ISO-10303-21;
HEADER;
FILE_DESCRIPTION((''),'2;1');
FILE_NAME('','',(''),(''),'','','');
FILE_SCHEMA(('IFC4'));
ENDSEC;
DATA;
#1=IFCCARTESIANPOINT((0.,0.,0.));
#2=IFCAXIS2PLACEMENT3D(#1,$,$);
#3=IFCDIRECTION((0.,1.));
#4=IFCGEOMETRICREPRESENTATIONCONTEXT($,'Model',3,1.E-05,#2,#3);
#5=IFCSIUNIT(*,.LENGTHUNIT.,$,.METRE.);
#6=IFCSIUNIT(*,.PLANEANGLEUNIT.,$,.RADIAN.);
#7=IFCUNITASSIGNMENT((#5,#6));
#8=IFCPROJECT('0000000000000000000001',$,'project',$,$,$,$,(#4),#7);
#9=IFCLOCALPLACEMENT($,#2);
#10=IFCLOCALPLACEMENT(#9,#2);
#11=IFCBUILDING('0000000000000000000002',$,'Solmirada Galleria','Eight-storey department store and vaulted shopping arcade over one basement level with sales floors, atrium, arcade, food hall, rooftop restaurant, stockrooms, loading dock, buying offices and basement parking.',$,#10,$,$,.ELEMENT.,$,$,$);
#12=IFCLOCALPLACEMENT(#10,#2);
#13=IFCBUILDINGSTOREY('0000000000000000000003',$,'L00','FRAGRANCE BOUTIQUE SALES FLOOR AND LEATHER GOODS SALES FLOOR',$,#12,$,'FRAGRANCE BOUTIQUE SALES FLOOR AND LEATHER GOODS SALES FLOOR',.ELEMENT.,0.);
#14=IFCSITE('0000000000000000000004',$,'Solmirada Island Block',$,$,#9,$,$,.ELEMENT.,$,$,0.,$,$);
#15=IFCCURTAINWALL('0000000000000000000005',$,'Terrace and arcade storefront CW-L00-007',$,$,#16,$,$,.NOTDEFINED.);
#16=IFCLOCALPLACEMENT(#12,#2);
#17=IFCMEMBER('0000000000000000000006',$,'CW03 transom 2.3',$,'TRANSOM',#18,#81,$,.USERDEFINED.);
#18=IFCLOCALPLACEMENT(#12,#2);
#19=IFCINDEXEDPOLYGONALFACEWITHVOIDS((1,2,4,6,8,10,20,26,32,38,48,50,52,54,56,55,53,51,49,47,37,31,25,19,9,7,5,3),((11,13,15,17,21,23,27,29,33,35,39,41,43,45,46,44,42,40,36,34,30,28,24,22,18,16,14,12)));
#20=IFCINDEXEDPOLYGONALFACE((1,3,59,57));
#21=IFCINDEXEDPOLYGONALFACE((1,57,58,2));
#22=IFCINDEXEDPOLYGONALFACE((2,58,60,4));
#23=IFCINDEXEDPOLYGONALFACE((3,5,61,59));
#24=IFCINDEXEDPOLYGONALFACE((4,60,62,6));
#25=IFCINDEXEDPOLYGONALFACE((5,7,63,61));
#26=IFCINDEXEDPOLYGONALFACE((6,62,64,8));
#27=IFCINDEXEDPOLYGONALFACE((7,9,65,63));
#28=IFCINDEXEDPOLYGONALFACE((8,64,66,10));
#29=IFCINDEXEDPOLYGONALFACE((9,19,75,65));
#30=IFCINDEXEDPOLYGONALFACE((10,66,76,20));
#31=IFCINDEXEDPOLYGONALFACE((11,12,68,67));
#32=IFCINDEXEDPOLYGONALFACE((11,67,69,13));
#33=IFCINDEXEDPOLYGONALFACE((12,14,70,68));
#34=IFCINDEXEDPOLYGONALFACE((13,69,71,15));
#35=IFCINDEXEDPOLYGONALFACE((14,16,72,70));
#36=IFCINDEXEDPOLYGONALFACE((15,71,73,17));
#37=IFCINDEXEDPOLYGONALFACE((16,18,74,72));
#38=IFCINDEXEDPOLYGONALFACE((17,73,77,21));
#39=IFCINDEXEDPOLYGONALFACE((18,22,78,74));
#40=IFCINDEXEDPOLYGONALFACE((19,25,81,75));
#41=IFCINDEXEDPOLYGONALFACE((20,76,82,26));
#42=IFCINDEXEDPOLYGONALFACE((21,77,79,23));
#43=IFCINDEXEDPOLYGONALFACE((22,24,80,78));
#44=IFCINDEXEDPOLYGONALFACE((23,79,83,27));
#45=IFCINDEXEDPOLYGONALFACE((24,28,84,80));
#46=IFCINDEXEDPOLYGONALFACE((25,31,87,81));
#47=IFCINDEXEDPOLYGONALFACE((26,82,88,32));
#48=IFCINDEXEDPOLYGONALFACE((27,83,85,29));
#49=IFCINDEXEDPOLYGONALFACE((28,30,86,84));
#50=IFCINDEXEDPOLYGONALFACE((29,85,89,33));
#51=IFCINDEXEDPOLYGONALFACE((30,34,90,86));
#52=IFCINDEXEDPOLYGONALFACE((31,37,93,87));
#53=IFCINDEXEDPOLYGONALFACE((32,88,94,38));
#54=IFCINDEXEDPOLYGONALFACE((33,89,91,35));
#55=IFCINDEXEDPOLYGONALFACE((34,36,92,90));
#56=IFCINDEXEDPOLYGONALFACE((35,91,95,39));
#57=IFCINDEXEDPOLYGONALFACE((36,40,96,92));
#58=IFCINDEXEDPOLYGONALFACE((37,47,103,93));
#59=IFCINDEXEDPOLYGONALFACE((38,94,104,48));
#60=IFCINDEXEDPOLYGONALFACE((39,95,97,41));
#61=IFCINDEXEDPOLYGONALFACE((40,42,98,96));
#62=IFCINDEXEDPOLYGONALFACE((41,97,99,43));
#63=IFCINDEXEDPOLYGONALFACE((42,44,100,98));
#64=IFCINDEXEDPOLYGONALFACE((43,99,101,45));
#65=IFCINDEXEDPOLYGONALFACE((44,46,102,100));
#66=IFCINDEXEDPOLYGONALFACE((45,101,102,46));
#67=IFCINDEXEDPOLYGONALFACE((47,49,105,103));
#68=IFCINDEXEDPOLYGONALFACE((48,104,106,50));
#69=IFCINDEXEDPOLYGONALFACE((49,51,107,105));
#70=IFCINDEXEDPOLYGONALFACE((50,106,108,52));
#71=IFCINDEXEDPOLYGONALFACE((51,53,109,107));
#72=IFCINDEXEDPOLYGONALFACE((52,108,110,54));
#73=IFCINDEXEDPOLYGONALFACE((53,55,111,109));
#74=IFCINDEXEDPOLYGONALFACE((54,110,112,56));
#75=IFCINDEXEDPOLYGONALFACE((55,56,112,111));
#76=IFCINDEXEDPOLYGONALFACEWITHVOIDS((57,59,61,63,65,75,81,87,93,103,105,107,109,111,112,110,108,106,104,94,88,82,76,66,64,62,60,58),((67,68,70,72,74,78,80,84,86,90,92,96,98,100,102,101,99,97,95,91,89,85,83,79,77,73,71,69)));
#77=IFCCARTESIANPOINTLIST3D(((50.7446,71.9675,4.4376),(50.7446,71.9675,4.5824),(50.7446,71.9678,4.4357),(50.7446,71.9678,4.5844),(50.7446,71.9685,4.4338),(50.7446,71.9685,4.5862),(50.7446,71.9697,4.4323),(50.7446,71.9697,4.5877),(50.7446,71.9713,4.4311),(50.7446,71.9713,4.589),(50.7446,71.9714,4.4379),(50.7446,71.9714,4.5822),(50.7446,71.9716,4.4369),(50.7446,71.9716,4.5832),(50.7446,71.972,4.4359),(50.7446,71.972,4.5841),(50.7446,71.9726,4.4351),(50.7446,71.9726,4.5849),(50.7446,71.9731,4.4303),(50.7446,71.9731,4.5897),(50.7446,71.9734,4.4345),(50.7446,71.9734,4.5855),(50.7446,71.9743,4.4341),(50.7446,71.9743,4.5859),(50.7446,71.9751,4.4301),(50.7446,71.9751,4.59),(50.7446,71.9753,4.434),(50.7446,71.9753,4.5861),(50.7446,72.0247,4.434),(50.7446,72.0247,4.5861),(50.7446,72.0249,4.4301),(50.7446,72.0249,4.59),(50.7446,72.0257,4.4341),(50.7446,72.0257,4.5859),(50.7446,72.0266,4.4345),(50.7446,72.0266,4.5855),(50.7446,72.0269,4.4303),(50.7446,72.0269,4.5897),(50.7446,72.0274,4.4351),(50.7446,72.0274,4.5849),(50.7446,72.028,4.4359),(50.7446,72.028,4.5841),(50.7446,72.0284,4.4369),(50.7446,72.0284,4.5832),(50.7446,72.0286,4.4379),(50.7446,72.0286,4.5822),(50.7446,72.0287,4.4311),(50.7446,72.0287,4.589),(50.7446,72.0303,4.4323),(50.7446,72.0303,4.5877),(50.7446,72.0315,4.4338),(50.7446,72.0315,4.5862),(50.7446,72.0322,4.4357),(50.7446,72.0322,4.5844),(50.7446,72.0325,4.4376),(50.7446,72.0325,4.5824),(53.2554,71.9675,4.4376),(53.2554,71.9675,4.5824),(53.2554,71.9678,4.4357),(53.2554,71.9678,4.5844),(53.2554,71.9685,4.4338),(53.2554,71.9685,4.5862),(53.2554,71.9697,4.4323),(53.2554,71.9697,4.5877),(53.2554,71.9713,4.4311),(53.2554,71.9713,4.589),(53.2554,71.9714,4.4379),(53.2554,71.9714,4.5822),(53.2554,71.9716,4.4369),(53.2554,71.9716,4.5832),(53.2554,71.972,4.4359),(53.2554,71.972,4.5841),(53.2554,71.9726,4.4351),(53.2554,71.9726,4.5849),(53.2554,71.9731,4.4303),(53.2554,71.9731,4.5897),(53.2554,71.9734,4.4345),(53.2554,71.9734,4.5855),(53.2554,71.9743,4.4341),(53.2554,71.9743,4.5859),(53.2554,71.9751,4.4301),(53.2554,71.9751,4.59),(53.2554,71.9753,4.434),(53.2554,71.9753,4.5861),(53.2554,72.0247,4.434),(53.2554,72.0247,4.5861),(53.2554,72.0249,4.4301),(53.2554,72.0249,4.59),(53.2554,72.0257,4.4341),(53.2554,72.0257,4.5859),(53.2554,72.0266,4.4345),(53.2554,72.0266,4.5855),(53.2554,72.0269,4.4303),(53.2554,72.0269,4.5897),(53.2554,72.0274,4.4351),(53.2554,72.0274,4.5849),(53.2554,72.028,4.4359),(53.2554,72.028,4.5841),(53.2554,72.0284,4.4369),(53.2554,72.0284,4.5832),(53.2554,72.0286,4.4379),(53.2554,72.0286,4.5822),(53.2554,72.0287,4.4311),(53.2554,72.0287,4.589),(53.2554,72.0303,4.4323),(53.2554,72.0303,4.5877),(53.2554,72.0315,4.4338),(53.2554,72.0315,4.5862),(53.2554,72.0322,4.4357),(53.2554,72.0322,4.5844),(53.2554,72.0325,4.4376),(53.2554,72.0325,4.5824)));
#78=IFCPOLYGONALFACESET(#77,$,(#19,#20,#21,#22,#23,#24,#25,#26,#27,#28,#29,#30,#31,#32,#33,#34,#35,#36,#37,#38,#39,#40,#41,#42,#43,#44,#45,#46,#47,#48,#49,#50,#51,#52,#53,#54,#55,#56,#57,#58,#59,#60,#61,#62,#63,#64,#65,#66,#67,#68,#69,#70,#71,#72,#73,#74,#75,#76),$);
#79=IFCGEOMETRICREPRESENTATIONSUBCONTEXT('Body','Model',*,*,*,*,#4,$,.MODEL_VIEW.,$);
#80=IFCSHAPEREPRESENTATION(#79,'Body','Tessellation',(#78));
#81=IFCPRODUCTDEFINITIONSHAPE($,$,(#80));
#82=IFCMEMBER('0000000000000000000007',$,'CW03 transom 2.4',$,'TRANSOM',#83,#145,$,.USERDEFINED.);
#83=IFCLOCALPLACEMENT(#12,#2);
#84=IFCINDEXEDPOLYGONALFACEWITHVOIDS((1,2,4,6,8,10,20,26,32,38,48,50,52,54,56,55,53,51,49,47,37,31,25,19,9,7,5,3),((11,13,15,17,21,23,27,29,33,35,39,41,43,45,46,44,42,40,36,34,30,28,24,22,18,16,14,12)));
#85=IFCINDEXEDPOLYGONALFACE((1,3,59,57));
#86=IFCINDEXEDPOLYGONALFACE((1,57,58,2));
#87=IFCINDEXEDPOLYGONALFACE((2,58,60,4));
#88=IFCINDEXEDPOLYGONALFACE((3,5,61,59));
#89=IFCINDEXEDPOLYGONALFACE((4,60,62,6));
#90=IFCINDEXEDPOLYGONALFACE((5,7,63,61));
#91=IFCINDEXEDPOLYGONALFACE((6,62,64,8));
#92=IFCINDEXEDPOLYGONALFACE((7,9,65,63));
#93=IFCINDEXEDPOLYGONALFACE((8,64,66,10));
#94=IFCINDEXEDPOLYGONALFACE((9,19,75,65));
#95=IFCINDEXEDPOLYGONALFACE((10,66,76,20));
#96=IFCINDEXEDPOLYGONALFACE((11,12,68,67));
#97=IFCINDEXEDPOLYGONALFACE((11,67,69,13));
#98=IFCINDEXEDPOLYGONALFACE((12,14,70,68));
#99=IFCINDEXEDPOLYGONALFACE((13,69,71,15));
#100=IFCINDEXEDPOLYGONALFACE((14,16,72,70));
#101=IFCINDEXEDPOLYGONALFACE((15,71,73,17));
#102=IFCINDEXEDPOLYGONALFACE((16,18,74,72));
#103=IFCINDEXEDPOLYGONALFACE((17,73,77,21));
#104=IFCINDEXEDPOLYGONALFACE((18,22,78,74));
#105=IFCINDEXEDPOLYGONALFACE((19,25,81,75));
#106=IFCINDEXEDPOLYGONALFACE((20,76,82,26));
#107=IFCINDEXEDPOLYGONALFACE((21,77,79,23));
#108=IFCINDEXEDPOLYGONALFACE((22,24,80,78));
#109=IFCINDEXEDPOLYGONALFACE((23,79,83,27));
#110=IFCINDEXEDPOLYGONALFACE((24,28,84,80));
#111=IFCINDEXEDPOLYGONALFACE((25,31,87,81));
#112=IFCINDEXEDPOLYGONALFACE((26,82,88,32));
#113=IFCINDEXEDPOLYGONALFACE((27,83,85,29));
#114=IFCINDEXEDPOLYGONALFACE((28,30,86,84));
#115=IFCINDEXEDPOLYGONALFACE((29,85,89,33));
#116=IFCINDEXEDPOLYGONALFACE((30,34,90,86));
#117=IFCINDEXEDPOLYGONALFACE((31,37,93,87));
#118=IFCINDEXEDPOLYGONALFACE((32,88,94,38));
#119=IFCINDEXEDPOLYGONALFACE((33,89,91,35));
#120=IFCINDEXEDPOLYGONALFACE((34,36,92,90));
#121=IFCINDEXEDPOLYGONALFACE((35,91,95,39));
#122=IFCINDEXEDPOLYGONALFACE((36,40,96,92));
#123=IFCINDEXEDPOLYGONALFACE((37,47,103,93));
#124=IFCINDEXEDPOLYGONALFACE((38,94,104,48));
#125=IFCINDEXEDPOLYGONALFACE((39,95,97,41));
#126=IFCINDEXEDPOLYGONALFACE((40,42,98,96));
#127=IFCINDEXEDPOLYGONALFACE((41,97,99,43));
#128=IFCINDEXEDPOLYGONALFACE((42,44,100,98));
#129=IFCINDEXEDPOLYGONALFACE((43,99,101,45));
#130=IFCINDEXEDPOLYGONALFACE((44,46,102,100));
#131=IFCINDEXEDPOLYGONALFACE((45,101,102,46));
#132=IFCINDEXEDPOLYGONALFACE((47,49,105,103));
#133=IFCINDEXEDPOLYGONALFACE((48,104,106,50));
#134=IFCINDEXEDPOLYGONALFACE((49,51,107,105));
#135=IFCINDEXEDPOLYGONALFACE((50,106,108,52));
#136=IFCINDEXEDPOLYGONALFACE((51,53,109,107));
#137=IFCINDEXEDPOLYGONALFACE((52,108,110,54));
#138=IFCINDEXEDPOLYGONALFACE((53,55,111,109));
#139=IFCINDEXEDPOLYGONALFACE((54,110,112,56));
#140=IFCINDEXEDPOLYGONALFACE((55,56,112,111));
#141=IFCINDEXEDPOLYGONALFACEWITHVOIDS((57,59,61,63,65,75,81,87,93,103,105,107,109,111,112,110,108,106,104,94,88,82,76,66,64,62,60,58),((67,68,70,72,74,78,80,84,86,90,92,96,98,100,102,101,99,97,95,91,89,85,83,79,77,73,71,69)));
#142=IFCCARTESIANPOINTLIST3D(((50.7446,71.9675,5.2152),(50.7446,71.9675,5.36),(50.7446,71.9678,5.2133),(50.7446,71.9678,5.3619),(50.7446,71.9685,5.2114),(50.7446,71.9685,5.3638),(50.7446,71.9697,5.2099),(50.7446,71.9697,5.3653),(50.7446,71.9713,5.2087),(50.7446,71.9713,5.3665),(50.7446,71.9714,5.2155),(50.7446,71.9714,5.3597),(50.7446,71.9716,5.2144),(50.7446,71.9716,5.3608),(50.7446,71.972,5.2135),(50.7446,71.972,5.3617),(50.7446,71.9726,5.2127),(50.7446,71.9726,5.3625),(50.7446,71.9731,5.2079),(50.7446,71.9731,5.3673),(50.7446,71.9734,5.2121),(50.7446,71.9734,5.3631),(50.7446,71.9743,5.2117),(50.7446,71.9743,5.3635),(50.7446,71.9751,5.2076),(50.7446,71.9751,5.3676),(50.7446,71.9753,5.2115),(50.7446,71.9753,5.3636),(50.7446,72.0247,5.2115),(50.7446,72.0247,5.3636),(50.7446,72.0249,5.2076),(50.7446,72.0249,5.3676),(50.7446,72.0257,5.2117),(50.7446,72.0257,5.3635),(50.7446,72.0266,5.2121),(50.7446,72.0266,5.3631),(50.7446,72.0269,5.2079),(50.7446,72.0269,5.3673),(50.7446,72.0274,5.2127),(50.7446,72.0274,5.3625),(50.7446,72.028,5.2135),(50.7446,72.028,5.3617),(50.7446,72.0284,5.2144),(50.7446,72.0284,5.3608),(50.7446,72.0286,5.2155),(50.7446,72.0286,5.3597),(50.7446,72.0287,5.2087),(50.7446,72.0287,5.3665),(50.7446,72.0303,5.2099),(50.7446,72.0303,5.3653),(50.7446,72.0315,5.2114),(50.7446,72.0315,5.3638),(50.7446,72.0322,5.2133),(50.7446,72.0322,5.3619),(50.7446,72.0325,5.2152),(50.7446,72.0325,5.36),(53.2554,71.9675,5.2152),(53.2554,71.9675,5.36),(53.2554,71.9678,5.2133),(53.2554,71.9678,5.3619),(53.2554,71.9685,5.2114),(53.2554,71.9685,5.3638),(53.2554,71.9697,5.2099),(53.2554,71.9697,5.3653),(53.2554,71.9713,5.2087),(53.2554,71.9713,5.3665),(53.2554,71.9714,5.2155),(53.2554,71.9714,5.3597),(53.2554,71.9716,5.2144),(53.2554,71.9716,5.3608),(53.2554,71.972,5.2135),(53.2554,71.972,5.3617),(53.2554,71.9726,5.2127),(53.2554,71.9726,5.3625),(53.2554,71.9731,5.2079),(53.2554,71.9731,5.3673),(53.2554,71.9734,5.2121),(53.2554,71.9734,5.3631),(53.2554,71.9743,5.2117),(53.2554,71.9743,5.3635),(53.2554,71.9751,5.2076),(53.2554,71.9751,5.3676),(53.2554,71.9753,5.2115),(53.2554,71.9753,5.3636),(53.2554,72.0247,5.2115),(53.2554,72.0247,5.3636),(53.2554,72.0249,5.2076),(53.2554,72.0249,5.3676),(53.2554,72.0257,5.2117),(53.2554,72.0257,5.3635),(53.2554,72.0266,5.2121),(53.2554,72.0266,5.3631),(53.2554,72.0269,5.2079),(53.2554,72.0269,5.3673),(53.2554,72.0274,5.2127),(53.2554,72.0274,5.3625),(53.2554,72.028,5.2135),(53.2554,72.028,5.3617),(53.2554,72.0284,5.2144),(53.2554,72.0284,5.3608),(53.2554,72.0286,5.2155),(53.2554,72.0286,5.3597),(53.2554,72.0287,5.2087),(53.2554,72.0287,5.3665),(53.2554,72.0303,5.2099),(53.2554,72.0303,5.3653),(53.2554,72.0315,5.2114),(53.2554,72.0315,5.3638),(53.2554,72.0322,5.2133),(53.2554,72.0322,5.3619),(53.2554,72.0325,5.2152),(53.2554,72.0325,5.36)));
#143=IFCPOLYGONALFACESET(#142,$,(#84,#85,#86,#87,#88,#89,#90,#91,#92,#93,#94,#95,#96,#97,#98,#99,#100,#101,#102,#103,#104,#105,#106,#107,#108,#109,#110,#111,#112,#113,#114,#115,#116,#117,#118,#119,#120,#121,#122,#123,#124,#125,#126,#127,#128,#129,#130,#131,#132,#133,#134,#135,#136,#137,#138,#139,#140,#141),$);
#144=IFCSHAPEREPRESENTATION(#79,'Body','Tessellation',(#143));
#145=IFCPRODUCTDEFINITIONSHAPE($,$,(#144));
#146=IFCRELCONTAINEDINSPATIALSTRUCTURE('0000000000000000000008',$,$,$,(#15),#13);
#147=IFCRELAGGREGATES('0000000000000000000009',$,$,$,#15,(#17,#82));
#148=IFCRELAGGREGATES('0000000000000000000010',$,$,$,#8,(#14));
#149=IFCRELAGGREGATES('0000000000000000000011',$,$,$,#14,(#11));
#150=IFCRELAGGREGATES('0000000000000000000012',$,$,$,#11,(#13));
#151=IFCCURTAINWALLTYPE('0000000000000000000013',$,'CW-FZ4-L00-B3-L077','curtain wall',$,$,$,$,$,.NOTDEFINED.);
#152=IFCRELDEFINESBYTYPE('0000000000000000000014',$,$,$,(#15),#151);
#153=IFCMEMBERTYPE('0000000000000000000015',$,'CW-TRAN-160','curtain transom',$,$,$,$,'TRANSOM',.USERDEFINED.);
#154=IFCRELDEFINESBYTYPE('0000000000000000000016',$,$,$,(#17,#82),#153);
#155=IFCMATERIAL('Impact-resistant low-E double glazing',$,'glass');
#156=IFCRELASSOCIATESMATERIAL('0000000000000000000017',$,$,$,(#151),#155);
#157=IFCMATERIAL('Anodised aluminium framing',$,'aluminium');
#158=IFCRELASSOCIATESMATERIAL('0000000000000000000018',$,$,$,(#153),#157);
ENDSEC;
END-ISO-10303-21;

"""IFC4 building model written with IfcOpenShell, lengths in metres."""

from ifc_helpers import new_model, si_unit, direction, frame, origin, origin_2d, place, context, subcontext, project, spatial, hollow_rectangle, extrude, material, material_profile, profile_set, type_object, element, aggregate, save


model = new_model("IFC4")

# Units and contexts
model_context = context("Model", 3, precision=1e-05, world=origin(), true_north=direction((0.0, 1.0)))
body_context = subcontext(model_context, "Body", "Model", "MODEL_VIEW")
ifc_project = project(units=[si_unit("LENGTHUNIT", "METRE"), si_unit("PLANEANGLEUNIT", "RADIAN")], contexts=[model_context])

# Site, building, storey
site_placement = place(None, origin())
site = spatial("IfcSite", under=ifc_project, at=site_placement, Name="Solmirada Island Block", CompositionType="ELEMENT", RefElevation=0.0)
building_placement = place(site_placement, origin())
building = spatial("IfcBuilding", under=site, at=building_placement, Name="Solmirada Galleria", Description="Eight-storey department store and vaulted shopping arcade over one basement level with sales floors, atrium, arcade, food hall, rooftop restaurant, stockrooms, loading dock, buying offices and basement parking.", CompositionType="ELEMENT")
storey_placement = place(building_placement, origin())
storey = spatial("IfcBuildingStorey", under=building, at=storey_placement, Name="L00", Description="FRAGRANCE BOUTIQUE SALES FLOOR AND LEATHER GOODS SALES FLOOR", LongName="FRAGRANCE BOUTIQUE SALES FLOOR AND LEATHER GOODS SALES FLOOR", CompositionType="ELEMENT", Elevation=0.0)

# Curtain wall
ifc_material_1 = material(Name="Impact-resistant low-E double glazing", Category="glass")
curtain_wall_type_1 = type_object("IfcCurtainWallType", Name="CW-FZ4-L00-B3-L077", Description="curtain wall", PredefinedType="NOTDEFINED", material=ifc_material_1)
curtain_wall_1_placement = place(storey_placement, origin())
curtain_wall_1 = element("IfcCurtainWall", 1, at=curtain_wall_1_placement, inside=storey, type_object=curtain_wall_type_1, Name="Terrace and arcade storefront CW-L00-007", PredefinedType="NOTDEFINED")
ifc_material_2 = material(Name="Anodised aluminium framing", Category="aluminium")

# Members
ifc_material_profile_1 = material_profile(ifc_material_2, hollow_rectangle(XDim=0.0649, YDim=0.1599, WallThickness=0.0039, InnerFilletRadius=0.0039, OuterFilletRadius=0.0076, at=origin_2d()), Name="ALU-TRAN-160X65")
ifc_profile_set_1 = profile_set([ifc_material_profile_1], Name="Anodised aluminium framing")
member_type_1 = type_object("IfcMemberType", Name="CW-TRAN-160", Description="curtain transom", ElementType="TRANSOM", PredefinedType="USERDEFINED", material=ifc_profile_set_1)
member_1_placement = place(storey_placement, frame((53.2554, 72.0, 4.51), z_axis=(-1.0, 0.0, 0.0), x_axis=(0.0, -1.0, 0.0)))
member_1 = element("IfcMember", 2, at=member_1_placement, type_object=member_type_1, Name="CW03 transom 2.3", ObjectType="TRANSOM", PredefinedType="USERDEFINED", context=body_context, shape_type="SweptSolid", body=[
    extrude(hollow_rectangle(XDim=0.0649, YDim=0.1599, WallThickness=0.0039, InnerFilletRadius=0.0039, OuterFilletRadius=0.0076, at=origin_2d()), origin(), (0.0, 0.0, 1.0), 2.5107),
])
member_2_placement = place(storey_placement, frame((53.2554, 72.0, 5.2876), z_axis=(-1.0, 0.0, 0.0), x_axis=(0.0, -1.0, 0.0)))
member_2 = element("IfcMember", 3, at=member_2_placement, type_object=member_type_1, Name="CW03 transom 2.4", ObjectType="TRANSOM", PredefinedType="USERDEFINED", context=body_context, shape_type="SweptSolid", body=[
    extrude(hollow_rectangle(XDim=0.0649, YDim=0.1599, WallThickness=0.0039, InnerFilletRadius=0.0039, OuterFilletRadius=0.0076, at=origin_2d()), origin(), (0.0, 0.0, 1.0), 2.5107),
])

aggregate(curtain_wall_1, [member_1, member_2])

save(model, "model.ifc")
